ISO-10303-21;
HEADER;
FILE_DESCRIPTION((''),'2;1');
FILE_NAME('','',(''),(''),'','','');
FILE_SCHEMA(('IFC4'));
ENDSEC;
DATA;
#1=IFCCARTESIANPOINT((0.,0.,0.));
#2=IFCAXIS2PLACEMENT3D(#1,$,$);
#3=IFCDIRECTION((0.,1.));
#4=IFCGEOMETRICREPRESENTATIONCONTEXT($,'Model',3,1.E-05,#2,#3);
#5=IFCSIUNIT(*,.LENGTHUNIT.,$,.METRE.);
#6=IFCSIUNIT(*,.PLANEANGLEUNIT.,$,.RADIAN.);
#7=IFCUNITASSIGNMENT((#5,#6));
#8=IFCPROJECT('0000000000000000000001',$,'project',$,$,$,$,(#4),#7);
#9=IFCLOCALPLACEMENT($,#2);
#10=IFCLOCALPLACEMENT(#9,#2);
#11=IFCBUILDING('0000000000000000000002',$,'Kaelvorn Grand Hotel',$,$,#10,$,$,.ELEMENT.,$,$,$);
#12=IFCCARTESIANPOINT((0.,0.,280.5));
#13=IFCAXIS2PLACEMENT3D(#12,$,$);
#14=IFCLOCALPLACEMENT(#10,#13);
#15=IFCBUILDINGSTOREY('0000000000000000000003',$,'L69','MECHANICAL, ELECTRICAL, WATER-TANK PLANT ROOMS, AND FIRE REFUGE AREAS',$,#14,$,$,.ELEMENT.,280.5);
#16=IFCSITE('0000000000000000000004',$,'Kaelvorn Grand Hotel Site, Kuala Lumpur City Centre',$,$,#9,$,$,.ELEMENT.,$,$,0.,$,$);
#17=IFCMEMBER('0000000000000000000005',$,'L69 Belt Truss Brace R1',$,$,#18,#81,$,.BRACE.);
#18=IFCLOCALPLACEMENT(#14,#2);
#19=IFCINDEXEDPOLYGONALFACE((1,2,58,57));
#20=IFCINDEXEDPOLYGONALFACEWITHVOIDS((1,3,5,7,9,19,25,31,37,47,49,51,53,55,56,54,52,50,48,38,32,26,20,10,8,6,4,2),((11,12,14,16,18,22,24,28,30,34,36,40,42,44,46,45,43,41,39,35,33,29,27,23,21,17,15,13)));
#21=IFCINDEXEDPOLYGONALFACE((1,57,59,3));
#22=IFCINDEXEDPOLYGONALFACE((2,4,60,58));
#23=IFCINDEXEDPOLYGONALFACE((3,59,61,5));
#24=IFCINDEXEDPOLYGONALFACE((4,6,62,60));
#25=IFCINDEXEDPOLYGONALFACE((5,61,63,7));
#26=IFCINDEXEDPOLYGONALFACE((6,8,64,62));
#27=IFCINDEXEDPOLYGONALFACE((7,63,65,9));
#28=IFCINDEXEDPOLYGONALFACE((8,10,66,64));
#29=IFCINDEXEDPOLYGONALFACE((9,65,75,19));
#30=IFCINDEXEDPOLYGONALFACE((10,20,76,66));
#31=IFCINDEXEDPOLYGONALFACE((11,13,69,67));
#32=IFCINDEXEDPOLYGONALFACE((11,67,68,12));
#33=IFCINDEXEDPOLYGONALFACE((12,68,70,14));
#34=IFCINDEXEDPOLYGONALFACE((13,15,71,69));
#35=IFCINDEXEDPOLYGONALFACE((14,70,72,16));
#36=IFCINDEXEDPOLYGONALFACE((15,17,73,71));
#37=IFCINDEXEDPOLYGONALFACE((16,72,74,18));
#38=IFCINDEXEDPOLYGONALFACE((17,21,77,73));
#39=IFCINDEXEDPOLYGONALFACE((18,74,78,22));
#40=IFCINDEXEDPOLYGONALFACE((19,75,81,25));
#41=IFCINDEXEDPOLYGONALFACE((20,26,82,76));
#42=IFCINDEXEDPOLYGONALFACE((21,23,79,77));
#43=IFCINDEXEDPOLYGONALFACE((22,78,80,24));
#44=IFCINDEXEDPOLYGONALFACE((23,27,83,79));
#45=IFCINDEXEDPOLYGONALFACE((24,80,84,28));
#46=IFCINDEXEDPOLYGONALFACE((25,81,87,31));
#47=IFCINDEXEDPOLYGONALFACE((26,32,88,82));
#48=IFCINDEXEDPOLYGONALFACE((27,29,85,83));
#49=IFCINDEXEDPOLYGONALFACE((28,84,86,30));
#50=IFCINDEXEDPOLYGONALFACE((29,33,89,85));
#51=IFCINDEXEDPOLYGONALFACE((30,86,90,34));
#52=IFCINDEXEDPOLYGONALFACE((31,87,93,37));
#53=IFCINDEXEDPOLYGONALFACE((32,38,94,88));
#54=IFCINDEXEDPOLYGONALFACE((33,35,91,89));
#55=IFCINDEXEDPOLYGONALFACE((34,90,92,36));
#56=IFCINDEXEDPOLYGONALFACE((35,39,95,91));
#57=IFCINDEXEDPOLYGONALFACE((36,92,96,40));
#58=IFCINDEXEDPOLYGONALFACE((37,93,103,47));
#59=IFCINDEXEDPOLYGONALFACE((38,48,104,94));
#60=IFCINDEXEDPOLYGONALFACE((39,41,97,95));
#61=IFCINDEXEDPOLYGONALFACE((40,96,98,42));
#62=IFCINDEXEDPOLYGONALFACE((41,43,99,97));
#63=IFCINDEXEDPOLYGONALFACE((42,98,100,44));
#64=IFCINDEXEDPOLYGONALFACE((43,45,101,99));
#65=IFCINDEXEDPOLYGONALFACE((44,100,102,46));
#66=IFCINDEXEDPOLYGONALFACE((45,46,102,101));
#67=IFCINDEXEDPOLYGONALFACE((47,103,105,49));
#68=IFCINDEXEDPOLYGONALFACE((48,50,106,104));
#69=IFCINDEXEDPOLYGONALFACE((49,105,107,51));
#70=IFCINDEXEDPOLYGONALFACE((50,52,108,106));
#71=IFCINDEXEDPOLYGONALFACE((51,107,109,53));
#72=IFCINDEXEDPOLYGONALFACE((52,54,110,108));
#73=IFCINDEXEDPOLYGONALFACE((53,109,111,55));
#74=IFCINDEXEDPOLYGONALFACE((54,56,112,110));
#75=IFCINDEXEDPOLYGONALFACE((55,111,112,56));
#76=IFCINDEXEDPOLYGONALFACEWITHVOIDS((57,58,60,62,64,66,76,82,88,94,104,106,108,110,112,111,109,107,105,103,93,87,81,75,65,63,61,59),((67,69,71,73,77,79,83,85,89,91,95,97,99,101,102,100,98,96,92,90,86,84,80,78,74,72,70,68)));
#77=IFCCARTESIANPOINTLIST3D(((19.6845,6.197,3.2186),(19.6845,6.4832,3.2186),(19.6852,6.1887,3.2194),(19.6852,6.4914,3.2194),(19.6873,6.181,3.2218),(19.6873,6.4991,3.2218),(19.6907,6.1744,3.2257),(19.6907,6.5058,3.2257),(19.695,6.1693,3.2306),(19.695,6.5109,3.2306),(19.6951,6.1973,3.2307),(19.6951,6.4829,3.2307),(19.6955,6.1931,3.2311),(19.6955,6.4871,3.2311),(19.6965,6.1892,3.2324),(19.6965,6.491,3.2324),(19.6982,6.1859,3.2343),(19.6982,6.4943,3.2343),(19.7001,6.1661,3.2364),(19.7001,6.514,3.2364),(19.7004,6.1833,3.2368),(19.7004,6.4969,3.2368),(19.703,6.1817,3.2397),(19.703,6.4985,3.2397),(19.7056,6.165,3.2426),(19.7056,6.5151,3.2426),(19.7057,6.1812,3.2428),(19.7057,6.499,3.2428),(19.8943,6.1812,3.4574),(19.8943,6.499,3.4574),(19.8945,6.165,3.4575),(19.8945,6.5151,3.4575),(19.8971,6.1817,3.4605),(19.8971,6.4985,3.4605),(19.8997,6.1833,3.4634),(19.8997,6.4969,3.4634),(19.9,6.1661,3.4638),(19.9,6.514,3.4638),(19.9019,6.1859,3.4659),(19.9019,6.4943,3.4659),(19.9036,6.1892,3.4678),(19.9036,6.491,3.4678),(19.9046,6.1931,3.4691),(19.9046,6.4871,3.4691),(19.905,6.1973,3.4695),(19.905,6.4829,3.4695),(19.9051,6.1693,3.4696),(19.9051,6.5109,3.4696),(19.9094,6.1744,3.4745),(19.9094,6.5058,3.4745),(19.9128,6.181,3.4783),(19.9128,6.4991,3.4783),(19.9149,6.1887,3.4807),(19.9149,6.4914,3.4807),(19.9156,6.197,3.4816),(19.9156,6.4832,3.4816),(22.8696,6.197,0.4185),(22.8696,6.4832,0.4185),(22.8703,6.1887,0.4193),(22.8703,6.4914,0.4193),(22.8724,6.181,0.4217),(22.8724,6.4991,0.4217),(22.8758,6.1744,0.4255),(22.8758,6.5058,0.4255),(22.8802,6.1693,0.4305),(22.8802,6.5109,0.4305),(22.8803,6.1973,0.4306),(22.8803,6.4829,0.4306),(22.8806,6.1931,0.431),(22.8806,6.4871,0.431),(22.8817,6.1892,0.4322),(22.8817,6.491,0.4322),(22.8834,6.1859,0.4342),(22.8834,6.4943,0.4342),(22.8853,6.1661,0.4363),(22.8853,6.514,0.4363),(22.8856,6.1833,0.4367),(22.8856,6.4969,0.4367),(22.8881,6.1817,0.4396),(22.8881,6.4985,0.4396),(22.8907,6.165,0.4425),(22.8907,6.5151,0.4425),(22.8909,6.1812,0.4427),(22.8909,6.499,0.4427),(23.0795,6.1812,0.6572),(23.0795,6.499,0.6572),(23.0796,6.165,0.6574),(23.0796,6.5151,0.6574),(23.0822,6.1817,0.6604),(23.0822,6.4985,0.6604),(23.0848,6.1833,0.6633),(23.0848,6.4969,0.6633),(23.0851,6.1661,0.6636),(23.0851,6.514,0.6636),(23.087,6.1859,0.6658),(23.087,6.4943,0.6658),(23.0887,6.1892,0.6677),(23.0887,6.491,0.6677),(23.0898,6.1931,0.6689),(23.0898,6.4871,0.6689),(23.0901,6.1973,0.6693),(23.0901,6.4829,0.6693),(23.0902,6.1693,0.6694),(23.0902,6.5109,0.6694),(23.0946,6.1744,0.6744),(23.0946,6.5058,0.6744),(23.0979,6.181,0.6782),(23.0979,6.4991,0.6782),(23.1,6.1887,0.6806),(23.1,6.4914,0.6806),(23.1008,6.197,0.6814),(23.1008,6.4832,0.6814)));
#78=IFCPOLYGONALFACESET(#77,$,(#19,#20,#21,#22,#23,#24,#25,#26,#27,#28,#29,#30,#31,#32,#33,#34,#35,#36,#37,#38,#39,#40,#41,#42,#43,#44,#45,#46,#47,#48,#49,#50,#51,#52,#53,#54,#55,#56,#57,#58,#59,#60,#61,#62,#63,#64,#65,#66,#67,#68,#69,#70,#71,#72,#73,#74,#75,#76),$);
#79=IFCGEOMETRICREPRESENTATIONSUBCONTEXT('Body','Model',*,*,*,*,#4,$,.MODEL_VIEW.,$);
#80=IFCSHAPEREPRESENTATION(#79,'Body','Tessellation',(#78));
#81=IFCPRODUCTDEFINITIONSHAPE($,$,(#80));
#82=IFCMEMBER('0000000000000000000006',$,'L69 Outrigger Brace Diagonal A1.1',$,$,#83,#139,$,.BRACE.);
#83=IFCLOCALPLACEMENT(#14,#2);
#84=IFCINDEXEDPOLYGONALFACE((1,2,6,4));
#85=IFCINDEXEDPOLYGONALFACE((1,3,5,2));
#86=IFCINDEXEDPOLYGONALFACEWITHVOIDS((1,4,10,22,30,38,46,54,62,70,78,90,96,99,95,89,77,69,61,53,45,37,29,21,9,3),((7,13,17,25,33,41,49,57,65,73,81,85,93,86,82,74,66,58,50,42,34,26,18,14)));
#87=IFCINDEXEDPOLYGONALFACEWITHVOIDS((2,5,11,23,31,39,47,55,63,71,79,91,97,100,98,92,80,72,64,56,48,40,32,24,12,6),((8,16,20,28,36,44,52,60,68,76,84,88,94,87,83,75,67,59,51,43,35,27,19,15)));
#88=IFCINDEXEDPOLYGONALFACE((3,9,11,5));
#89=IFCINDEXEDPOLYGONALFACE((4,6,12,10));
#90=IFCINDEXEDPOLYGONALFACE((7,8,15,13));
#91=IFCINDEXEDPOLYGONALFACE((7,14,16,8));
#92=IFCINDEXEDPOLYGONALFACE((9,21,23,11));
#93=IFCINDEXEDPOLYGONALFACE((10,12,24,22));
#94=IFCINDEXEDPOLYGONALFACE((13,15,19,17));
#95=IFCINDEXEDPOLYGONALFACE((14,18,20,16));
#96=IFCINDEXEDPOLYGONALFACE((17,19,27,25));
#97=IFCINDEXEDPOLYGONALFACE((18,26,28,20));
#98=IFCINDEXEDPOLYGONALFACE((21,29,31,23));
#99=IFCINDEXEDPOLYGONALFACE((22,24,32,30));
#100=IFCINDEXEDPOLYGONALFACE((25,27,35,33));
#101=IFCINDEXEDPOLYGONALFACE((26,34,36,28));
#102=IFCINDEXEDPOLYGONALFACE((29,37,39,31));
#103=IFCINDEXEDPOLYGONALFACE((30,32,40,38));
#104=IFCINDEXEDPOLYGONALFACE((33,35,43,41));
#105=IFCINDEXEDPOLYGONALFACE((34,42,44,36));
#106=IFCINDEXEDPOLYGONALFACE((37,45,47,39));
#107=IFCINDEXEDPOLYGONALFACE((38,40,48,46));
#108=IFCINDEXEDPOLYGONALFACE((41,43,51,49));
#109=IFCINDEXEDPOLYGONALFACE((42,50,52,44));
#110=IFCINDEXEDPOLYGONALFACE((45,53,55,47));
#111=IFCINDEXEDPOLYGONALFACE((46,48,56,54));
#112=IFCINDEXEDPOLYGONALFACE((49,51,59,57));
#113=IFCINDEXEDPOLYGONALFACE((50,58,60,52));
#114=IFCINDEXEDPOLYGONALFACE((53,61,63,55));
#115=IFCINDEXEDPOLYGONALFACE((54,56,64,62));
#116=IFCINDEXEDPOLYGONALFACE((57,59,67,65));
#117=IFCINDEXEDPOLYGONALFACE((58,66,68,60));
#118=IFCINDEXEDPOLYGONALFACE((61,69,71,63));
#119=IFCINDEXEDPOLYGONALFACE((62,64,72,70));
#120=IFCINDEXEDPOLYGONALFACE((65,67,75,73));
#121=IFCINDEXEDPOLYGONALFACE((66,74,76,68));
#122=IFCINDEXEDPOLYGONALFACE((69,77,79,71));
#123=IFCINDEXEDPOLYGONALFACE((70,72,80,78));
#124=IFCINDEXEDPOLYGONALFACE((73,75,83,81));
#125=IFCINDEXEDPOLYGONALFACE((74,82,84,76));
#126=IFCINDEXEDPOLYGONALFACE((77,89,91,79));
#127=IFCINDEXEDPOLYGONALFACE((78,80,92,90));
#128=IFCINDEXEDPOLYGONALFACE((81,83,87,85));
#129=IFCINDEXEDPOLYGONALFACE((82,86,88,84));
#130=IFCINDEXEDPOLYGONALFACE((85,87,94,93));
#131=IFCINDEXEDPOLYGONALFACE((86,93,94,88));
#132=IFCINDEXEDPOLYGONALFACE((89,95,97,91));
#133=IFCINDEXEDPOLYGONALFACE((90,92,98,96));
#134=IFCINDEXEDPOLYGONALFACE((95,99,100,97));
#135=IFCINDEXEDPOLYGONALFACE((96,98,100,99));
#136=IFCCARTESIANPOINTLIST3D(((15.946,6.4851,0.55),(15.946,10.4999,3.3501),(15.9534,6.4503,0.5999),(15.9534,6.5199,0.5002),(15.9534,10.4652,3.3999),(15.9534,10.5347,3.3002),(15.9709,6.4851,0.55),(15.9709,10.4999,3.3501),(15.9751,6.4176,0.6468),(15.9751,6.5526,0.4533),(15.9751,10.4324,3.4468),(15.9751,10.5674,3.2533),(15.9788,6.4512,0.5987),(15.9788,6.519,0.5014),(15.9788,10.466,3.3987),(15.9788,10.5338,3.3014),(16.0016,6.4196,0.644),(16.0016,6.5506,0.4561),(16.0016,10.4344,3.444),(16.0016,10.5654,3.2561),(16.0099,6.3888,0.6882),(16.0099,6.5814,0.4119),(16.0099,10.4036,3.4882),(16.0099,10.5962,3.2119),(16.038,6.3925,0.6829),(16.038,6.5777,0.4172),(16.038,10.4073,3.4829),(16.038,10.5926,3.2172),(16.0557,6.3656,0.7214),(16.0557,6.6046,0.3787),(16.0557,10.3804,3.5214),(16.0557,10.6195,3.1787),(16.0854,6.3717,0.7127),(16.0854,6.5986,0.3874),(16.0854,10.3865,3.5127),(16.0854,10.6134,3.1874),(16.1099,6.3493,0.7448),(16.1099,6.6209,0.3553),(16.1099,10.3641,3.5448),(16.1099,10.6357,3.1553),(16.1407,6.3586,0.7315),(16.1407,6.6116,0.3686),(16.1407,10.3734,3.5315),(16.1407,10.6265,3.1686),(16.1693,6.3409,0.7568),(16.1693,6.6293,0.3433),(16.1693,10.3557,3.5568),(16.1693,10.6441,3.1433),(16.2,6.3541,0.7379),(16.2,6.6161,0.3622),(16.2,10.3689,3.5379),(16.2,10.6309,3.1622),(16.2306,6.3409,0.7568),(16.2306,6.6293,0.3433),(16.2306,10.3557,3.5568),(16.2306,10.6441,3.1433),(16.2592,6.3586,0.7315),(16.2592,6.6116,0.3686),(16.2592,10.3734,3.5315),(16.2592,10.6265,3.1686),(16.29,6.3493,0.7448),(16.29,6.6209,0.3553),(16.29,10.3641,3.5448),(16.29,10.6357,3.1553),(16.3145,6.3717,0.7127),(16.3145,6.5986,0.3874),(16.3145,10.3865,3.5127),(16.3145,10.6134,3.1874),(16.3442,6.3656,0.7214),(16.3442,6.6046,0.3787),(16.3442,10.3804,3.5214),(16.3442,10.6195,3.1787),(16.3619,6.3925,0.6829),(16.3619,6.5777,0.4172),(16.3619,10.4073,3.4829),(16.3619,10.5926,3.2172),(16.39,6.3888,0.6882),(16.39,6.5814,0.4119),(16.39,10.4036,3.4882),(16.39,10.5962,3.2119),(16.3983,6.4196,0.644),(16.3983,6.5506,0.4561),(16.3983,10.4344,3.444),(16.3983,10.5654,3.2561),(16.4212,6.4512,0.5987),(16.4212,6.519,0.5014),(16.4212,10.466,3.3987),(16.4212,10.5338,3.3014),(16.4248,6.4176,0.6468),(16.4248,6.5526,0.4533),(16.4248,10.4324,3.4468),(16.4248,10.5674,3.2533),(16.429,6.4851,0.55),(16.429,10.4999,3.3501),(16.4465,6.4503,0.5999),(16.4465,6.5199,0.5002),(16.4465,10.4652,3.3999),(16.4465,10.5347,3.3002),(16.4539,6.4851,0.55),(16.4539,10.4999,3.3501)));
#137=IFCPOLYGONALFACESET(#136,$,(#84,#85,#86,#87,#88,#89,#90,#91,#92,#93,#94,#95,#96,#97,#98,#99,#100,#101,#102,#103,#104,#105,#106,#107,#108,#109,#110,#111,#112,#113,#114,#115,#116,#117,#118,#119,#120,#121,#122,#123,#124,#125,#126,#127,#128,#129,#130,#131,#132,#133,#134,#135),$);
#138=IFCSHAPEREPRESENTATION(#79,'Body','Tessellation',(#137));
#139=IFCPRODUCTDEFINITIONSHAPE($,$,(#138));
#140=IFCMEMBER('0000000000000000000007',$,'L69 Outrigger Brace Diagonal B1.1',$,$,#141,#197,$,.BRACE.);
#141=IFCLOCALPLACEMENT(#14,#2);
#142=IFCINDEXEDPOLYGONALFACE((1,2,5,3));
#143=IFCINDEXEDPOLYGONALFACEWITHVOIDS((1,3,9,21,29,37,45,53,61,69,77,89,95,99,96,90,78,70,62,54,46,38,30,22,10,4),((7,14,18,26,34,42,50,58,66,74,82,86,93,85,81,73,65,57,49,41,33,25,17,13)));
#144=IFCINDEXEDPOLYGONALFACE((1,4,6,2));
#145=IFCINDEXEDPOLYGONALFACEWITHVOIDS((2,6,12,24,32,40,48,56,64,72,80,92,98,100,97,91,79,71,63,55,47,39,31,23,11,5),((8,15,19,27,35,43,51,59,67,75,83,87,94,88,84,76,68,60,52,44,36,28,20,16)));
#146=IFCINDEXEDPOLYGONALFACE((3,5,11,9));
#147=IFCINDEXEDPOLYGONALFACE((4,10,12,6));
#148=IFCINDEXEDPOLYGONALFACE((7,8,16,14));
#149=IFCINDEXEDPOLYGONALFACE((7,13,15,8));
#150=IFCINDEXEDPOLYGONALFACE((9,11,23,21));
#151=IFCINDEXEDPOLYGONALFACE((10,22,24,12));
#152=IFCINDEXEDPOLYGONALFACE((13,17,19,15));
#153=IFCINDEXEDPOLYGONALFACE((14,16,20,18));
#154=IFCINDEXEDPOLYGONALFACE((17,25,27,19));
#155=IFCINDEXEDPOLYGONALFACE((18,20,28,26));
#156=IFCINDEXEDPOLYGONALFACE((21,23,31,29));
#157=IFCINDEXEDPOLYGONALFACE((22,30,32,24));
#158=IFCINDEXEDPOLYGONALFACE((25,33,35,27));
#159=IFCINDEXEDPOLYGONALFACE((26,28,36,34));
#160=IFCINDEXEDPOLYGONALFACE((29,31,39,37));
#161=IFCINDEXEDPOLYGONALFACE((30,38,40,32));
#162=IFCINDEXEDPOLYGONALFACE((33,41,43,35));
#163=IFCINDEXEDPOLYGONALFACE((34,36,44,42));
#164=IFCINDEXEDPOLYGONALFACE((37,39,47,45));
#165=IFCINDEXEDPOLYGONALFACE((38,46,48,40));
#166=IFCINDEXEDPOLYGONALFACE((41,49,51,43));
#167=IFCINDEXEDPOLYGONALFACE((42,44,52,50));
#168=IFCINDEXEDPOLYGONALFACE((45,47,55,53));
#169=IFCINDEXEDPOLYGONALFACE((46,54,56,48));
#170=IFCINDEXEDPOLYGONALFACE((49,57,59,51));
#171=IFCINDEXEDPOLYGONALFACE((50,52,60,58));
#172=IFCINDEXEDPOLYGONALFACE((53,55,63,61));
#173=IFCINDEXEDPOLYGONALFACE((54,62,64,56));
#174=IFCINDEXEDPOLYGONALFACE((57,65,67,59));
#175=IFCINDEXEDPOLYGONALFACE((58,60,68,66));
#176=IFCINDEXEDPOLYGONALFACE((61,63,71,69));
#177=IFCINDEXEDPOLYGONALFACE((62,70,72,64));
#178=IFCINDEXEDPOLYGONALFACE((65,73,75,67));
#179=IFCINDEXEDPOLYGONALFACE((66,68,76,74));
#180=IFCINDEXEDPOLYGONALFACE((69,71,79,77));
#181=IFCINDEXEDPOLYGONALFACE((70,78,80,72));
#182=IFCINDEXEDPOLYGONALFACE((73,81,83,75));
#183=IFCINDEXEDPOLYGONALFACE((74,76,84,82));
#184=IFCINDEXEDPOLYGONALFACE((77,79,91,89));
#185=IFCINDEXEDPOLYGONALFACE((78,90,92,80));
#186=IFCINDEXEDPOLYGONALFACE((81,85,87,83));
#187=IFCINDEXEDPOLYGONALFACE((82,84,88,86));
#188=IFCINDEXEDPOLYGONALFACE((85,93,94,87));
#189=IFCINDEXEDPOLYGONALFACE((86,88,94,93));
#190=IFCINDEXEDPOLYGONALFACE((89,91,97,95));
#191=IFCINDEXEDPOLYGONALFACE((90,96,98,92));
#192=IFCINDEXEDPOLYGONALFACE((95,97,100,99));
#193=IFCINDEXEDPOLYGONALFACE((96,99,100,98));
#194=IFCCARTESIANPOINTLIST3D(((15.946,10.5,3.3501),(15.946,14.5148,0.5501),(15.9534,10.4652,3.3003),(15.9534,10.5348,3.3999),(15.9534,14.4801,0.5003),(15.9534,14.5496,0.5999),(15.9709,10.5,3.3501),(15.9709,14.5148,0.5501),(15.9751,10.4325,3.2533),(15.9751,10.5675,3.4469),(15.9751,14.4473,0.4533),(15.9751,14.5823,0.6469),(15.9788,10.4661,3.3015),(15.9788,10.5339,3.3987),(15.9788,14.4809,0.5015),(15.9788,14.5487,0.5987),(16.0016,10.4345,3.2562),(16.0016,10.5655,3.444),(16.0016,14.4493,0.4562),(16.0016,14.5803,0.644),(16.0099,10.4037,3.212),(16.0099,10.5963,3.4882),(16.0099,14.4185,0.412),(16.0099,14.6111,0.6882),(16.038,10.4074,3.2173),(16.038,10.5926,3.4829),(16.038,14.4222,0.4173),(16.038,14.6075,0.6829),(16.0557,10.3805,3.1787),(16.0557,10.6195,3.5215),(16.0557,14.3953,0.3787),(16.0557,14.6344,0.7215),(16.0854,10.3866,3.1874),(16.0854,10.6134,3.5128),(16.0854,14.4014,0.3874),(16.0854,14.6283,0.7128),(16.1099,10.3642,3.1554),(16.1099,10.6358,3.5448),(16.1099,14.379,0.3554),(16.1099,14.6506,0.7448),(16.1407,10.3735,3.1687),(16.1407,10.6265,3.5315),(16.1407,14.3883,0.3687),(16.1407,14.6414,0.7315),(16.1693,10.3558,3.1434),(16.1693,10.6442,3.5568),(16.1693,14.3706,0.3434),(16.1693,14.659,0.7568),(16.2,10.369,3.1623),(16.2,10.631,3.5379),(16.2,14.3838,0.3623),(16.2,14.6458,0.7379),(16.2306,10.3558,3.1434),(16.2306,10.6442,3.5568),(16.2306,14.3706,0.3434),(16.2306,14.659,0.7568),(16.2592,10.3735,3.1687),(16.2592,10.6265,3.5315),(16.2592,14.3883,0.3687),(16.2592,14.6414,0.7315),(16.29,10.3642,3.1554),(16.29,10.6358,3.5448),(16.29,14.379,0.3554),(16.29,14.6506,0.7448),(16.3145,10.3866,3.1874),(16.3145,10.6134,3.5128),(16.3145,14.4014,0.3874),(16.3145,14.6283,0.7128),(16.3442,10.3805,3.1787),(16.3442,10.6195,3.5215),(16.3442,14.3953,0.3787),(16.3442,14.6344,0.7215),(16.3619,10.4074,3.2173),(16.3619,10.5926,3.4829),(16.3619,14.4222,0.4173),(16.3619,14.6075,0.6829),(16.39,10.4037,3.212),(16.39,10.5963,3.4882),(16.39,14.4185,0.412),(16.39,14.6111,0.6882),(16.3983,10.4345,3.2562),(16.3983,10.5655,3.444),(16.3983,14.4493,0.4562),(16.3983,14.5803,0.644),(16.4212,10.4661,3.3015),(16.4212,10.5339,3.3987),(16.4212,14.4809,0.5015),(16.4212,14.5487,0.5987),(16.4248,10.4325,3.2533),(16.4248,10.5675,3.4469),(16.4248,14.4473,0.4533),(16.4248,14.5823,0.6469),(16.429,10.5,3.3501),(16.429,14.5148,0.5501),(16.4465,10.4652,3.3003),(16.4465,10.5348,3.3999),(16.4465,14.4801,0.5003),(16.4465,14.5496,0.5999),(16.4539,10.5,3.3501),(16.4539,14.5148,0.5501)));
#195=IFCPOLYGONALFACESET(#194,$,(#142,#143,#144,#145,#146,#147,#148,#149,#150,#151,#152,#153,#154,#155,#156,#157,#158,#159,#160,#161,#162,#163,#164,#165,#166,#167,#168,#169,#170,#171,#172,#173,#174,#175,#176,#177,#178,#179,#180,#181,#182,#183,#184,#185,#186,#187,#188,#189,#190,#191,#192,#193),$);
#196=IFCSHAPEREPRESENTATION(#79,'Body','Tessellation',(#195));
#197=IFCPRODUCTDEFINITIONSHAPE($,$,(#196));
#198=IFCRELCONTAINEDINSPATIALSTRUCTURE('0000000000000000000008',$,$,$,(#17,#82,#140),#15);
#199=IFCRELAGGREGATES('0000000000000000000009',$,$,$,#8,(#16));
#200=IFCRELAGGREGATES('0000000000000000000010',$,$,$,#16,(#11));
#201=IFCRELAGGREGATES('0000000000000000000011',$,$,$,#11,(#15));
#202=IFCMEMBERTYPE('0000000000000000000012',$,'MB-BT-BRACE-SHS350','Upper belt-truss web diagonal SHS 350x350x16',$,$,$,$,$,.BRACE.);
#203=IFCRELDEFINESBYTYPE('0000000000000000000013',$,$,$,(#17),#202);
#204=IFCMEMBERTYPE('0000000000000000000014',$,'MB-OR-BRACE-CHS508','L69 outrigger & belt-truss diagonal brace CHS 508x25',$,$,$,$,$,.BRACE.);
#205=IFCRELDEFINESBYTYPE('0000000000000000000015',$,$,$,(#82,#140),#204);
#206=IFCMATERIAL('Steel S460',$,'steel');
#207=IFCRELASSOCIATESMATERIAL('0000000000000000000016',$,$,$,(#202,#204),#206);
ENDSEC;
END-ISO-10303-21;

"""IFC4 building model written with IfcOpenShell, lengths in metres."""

from ifc_helpers import new_model, si_unit, direction, frame, origin, origin_2d, place, context, subcontext, project, spatial, hollow_rectangle, hollow_circle, extrude, material, material_profile, profile_set, type_object, element, save


model = new_model("IFC4")

# Units and contexts
model_context = context("Model", 3, precision=1e-05, world=origin(), true_north=direction((0.0, 1.0)))
body_context = subcontext(model_context, "Body", "Model", "MODEL_VIEW")
ifc_project = project(units=[si_unit("LENGTHUNIT", "METRE"), si_unit("PLANEANGLEUNIT", "RADIAN")], contexts=[model_context])

# Site, building, storey
site_placement = place(None, origin())
site = spatial("IfcSite", under=ifc_project, at=site_placement, Name="Kaelvorn Grand Hotel Site, Kuala Lumpur City Centre", CompositionType="ELEMENT", RefElevation=0.0)
building_placement = place(site_placement, origin())
building = spatial("IfcBuilding", under=site, at=building_placement, Name="Kaelvorn Grand Hotel", CompositionType="ELEMENT")
storey_placement = place(building_placement, frame((0.0, 0.0, 280.5)))
storey = spatial("IfcBuildingStorey", under=building, at=storey_placement, Name="L69", Description="MECHANICAL, ELECTRICAL, WATER-TANK PLANT ROOMS, AND FIRE REFUGE AREAS", CompositionType="ELEMENT", Elevation=280.5)

# Shared definitions
ifc_material_1 = material(Name="Steel S460", Category="steel")

# Members
ifc_material_profile_1 = material_profile(ifc_material_1, hollow_rectangle(XDim=0.3501, YDim=0.3501, WallThickness=0.0161, InnerFilletRadius=0.0161, OuterFilletRadius=0.032, at=origin_2d()), Name="SHS 350x350x16.0")
ifc_profile_set_1 = profile_set([ifc_material_profile_1], Name="Steel S460")
member_type_1 = type_object("IfcMemberType", Name="MB-BT-BRACE-SHS350", Description="Upper belt-truss web diagonal SHS 350x350x16", PredefinedType="BRACE", material=ifc_profile_set_1)
for number, where, z_axis, x_axis, name in (
    (1, (19.8, 6.3401, 3.3501), (0.751041, 0.0, -0.660255), (0.0, 1.0, 0.0), "L69 Belt Truss Brace R1"),
):
    element("IfcMember", number, at=place(storey_placement, frame(where, z_axis=z_axis, x_axis=x_axis)), inside=storey, type_object=member_type_1, Name=name, PredefinedType="BRACE", context=body_context, shape_type="SweptSolid", body=[
        extrude(hollow_rectangle(XDim=0.3501, YDim=0.3501, WallThickness=0.0161, InnerFilletRadius=0.0161, OuterFilletRadius=0.032, at=origin_2d()), origin(), (0.0, 0.0, 1.0), 4.241),
    ])
ifc_material_profile_2 = material_profile(ifc_material_1, hollow_circle(Radius=0.2539, WallThickness=0.0249, at=origin_2d()), Name="CHS 508.0x25.0")
ifc_profile_set_2 = profile_set([ifc_material_profile_2], Name="Steel S460")
member_type_2 = type_object("IfcMemberType", Name="MB-OR-BRACE-CHS508", Description="L69 outrigger & belt-truss diagonal brace CHS 508x25", PredefinedType="BRACE", material=ifc_profile_set_2)
for number, where, z_axis, x_axis, name in (
    (2, (16.2, 6.4851, 0.55), (0.0, 0.820227, 0.572039), (-1.0, 0.0, 0.0), "L69 Outrigger Brace Diagonal A1.1"),
    (3, (16.2, 10.5, 3.3501), (0.0, 0.820227, -0.572039), (-1.0, 0.0, 0.0), "L69 Outrigger Brace Diagonal B1.1"),
):
    element("IfcMember", number, at=place(storey_placement, frame(where, z_axis=z_axis, x_axis=x_axis)), inside=storey, type_object=member_type_2, Name=name, PredefinedType="BRACE", context=body_context, shape_type="SweptSolid", body=[
        extrude(hollow_circle(Radius=0.2539, WallThickness=0.0249, at=origin_2d()), origin(), (0.0, 0.0, 1.0), 4.8948),
    ])

save(model, "model.ifc")
